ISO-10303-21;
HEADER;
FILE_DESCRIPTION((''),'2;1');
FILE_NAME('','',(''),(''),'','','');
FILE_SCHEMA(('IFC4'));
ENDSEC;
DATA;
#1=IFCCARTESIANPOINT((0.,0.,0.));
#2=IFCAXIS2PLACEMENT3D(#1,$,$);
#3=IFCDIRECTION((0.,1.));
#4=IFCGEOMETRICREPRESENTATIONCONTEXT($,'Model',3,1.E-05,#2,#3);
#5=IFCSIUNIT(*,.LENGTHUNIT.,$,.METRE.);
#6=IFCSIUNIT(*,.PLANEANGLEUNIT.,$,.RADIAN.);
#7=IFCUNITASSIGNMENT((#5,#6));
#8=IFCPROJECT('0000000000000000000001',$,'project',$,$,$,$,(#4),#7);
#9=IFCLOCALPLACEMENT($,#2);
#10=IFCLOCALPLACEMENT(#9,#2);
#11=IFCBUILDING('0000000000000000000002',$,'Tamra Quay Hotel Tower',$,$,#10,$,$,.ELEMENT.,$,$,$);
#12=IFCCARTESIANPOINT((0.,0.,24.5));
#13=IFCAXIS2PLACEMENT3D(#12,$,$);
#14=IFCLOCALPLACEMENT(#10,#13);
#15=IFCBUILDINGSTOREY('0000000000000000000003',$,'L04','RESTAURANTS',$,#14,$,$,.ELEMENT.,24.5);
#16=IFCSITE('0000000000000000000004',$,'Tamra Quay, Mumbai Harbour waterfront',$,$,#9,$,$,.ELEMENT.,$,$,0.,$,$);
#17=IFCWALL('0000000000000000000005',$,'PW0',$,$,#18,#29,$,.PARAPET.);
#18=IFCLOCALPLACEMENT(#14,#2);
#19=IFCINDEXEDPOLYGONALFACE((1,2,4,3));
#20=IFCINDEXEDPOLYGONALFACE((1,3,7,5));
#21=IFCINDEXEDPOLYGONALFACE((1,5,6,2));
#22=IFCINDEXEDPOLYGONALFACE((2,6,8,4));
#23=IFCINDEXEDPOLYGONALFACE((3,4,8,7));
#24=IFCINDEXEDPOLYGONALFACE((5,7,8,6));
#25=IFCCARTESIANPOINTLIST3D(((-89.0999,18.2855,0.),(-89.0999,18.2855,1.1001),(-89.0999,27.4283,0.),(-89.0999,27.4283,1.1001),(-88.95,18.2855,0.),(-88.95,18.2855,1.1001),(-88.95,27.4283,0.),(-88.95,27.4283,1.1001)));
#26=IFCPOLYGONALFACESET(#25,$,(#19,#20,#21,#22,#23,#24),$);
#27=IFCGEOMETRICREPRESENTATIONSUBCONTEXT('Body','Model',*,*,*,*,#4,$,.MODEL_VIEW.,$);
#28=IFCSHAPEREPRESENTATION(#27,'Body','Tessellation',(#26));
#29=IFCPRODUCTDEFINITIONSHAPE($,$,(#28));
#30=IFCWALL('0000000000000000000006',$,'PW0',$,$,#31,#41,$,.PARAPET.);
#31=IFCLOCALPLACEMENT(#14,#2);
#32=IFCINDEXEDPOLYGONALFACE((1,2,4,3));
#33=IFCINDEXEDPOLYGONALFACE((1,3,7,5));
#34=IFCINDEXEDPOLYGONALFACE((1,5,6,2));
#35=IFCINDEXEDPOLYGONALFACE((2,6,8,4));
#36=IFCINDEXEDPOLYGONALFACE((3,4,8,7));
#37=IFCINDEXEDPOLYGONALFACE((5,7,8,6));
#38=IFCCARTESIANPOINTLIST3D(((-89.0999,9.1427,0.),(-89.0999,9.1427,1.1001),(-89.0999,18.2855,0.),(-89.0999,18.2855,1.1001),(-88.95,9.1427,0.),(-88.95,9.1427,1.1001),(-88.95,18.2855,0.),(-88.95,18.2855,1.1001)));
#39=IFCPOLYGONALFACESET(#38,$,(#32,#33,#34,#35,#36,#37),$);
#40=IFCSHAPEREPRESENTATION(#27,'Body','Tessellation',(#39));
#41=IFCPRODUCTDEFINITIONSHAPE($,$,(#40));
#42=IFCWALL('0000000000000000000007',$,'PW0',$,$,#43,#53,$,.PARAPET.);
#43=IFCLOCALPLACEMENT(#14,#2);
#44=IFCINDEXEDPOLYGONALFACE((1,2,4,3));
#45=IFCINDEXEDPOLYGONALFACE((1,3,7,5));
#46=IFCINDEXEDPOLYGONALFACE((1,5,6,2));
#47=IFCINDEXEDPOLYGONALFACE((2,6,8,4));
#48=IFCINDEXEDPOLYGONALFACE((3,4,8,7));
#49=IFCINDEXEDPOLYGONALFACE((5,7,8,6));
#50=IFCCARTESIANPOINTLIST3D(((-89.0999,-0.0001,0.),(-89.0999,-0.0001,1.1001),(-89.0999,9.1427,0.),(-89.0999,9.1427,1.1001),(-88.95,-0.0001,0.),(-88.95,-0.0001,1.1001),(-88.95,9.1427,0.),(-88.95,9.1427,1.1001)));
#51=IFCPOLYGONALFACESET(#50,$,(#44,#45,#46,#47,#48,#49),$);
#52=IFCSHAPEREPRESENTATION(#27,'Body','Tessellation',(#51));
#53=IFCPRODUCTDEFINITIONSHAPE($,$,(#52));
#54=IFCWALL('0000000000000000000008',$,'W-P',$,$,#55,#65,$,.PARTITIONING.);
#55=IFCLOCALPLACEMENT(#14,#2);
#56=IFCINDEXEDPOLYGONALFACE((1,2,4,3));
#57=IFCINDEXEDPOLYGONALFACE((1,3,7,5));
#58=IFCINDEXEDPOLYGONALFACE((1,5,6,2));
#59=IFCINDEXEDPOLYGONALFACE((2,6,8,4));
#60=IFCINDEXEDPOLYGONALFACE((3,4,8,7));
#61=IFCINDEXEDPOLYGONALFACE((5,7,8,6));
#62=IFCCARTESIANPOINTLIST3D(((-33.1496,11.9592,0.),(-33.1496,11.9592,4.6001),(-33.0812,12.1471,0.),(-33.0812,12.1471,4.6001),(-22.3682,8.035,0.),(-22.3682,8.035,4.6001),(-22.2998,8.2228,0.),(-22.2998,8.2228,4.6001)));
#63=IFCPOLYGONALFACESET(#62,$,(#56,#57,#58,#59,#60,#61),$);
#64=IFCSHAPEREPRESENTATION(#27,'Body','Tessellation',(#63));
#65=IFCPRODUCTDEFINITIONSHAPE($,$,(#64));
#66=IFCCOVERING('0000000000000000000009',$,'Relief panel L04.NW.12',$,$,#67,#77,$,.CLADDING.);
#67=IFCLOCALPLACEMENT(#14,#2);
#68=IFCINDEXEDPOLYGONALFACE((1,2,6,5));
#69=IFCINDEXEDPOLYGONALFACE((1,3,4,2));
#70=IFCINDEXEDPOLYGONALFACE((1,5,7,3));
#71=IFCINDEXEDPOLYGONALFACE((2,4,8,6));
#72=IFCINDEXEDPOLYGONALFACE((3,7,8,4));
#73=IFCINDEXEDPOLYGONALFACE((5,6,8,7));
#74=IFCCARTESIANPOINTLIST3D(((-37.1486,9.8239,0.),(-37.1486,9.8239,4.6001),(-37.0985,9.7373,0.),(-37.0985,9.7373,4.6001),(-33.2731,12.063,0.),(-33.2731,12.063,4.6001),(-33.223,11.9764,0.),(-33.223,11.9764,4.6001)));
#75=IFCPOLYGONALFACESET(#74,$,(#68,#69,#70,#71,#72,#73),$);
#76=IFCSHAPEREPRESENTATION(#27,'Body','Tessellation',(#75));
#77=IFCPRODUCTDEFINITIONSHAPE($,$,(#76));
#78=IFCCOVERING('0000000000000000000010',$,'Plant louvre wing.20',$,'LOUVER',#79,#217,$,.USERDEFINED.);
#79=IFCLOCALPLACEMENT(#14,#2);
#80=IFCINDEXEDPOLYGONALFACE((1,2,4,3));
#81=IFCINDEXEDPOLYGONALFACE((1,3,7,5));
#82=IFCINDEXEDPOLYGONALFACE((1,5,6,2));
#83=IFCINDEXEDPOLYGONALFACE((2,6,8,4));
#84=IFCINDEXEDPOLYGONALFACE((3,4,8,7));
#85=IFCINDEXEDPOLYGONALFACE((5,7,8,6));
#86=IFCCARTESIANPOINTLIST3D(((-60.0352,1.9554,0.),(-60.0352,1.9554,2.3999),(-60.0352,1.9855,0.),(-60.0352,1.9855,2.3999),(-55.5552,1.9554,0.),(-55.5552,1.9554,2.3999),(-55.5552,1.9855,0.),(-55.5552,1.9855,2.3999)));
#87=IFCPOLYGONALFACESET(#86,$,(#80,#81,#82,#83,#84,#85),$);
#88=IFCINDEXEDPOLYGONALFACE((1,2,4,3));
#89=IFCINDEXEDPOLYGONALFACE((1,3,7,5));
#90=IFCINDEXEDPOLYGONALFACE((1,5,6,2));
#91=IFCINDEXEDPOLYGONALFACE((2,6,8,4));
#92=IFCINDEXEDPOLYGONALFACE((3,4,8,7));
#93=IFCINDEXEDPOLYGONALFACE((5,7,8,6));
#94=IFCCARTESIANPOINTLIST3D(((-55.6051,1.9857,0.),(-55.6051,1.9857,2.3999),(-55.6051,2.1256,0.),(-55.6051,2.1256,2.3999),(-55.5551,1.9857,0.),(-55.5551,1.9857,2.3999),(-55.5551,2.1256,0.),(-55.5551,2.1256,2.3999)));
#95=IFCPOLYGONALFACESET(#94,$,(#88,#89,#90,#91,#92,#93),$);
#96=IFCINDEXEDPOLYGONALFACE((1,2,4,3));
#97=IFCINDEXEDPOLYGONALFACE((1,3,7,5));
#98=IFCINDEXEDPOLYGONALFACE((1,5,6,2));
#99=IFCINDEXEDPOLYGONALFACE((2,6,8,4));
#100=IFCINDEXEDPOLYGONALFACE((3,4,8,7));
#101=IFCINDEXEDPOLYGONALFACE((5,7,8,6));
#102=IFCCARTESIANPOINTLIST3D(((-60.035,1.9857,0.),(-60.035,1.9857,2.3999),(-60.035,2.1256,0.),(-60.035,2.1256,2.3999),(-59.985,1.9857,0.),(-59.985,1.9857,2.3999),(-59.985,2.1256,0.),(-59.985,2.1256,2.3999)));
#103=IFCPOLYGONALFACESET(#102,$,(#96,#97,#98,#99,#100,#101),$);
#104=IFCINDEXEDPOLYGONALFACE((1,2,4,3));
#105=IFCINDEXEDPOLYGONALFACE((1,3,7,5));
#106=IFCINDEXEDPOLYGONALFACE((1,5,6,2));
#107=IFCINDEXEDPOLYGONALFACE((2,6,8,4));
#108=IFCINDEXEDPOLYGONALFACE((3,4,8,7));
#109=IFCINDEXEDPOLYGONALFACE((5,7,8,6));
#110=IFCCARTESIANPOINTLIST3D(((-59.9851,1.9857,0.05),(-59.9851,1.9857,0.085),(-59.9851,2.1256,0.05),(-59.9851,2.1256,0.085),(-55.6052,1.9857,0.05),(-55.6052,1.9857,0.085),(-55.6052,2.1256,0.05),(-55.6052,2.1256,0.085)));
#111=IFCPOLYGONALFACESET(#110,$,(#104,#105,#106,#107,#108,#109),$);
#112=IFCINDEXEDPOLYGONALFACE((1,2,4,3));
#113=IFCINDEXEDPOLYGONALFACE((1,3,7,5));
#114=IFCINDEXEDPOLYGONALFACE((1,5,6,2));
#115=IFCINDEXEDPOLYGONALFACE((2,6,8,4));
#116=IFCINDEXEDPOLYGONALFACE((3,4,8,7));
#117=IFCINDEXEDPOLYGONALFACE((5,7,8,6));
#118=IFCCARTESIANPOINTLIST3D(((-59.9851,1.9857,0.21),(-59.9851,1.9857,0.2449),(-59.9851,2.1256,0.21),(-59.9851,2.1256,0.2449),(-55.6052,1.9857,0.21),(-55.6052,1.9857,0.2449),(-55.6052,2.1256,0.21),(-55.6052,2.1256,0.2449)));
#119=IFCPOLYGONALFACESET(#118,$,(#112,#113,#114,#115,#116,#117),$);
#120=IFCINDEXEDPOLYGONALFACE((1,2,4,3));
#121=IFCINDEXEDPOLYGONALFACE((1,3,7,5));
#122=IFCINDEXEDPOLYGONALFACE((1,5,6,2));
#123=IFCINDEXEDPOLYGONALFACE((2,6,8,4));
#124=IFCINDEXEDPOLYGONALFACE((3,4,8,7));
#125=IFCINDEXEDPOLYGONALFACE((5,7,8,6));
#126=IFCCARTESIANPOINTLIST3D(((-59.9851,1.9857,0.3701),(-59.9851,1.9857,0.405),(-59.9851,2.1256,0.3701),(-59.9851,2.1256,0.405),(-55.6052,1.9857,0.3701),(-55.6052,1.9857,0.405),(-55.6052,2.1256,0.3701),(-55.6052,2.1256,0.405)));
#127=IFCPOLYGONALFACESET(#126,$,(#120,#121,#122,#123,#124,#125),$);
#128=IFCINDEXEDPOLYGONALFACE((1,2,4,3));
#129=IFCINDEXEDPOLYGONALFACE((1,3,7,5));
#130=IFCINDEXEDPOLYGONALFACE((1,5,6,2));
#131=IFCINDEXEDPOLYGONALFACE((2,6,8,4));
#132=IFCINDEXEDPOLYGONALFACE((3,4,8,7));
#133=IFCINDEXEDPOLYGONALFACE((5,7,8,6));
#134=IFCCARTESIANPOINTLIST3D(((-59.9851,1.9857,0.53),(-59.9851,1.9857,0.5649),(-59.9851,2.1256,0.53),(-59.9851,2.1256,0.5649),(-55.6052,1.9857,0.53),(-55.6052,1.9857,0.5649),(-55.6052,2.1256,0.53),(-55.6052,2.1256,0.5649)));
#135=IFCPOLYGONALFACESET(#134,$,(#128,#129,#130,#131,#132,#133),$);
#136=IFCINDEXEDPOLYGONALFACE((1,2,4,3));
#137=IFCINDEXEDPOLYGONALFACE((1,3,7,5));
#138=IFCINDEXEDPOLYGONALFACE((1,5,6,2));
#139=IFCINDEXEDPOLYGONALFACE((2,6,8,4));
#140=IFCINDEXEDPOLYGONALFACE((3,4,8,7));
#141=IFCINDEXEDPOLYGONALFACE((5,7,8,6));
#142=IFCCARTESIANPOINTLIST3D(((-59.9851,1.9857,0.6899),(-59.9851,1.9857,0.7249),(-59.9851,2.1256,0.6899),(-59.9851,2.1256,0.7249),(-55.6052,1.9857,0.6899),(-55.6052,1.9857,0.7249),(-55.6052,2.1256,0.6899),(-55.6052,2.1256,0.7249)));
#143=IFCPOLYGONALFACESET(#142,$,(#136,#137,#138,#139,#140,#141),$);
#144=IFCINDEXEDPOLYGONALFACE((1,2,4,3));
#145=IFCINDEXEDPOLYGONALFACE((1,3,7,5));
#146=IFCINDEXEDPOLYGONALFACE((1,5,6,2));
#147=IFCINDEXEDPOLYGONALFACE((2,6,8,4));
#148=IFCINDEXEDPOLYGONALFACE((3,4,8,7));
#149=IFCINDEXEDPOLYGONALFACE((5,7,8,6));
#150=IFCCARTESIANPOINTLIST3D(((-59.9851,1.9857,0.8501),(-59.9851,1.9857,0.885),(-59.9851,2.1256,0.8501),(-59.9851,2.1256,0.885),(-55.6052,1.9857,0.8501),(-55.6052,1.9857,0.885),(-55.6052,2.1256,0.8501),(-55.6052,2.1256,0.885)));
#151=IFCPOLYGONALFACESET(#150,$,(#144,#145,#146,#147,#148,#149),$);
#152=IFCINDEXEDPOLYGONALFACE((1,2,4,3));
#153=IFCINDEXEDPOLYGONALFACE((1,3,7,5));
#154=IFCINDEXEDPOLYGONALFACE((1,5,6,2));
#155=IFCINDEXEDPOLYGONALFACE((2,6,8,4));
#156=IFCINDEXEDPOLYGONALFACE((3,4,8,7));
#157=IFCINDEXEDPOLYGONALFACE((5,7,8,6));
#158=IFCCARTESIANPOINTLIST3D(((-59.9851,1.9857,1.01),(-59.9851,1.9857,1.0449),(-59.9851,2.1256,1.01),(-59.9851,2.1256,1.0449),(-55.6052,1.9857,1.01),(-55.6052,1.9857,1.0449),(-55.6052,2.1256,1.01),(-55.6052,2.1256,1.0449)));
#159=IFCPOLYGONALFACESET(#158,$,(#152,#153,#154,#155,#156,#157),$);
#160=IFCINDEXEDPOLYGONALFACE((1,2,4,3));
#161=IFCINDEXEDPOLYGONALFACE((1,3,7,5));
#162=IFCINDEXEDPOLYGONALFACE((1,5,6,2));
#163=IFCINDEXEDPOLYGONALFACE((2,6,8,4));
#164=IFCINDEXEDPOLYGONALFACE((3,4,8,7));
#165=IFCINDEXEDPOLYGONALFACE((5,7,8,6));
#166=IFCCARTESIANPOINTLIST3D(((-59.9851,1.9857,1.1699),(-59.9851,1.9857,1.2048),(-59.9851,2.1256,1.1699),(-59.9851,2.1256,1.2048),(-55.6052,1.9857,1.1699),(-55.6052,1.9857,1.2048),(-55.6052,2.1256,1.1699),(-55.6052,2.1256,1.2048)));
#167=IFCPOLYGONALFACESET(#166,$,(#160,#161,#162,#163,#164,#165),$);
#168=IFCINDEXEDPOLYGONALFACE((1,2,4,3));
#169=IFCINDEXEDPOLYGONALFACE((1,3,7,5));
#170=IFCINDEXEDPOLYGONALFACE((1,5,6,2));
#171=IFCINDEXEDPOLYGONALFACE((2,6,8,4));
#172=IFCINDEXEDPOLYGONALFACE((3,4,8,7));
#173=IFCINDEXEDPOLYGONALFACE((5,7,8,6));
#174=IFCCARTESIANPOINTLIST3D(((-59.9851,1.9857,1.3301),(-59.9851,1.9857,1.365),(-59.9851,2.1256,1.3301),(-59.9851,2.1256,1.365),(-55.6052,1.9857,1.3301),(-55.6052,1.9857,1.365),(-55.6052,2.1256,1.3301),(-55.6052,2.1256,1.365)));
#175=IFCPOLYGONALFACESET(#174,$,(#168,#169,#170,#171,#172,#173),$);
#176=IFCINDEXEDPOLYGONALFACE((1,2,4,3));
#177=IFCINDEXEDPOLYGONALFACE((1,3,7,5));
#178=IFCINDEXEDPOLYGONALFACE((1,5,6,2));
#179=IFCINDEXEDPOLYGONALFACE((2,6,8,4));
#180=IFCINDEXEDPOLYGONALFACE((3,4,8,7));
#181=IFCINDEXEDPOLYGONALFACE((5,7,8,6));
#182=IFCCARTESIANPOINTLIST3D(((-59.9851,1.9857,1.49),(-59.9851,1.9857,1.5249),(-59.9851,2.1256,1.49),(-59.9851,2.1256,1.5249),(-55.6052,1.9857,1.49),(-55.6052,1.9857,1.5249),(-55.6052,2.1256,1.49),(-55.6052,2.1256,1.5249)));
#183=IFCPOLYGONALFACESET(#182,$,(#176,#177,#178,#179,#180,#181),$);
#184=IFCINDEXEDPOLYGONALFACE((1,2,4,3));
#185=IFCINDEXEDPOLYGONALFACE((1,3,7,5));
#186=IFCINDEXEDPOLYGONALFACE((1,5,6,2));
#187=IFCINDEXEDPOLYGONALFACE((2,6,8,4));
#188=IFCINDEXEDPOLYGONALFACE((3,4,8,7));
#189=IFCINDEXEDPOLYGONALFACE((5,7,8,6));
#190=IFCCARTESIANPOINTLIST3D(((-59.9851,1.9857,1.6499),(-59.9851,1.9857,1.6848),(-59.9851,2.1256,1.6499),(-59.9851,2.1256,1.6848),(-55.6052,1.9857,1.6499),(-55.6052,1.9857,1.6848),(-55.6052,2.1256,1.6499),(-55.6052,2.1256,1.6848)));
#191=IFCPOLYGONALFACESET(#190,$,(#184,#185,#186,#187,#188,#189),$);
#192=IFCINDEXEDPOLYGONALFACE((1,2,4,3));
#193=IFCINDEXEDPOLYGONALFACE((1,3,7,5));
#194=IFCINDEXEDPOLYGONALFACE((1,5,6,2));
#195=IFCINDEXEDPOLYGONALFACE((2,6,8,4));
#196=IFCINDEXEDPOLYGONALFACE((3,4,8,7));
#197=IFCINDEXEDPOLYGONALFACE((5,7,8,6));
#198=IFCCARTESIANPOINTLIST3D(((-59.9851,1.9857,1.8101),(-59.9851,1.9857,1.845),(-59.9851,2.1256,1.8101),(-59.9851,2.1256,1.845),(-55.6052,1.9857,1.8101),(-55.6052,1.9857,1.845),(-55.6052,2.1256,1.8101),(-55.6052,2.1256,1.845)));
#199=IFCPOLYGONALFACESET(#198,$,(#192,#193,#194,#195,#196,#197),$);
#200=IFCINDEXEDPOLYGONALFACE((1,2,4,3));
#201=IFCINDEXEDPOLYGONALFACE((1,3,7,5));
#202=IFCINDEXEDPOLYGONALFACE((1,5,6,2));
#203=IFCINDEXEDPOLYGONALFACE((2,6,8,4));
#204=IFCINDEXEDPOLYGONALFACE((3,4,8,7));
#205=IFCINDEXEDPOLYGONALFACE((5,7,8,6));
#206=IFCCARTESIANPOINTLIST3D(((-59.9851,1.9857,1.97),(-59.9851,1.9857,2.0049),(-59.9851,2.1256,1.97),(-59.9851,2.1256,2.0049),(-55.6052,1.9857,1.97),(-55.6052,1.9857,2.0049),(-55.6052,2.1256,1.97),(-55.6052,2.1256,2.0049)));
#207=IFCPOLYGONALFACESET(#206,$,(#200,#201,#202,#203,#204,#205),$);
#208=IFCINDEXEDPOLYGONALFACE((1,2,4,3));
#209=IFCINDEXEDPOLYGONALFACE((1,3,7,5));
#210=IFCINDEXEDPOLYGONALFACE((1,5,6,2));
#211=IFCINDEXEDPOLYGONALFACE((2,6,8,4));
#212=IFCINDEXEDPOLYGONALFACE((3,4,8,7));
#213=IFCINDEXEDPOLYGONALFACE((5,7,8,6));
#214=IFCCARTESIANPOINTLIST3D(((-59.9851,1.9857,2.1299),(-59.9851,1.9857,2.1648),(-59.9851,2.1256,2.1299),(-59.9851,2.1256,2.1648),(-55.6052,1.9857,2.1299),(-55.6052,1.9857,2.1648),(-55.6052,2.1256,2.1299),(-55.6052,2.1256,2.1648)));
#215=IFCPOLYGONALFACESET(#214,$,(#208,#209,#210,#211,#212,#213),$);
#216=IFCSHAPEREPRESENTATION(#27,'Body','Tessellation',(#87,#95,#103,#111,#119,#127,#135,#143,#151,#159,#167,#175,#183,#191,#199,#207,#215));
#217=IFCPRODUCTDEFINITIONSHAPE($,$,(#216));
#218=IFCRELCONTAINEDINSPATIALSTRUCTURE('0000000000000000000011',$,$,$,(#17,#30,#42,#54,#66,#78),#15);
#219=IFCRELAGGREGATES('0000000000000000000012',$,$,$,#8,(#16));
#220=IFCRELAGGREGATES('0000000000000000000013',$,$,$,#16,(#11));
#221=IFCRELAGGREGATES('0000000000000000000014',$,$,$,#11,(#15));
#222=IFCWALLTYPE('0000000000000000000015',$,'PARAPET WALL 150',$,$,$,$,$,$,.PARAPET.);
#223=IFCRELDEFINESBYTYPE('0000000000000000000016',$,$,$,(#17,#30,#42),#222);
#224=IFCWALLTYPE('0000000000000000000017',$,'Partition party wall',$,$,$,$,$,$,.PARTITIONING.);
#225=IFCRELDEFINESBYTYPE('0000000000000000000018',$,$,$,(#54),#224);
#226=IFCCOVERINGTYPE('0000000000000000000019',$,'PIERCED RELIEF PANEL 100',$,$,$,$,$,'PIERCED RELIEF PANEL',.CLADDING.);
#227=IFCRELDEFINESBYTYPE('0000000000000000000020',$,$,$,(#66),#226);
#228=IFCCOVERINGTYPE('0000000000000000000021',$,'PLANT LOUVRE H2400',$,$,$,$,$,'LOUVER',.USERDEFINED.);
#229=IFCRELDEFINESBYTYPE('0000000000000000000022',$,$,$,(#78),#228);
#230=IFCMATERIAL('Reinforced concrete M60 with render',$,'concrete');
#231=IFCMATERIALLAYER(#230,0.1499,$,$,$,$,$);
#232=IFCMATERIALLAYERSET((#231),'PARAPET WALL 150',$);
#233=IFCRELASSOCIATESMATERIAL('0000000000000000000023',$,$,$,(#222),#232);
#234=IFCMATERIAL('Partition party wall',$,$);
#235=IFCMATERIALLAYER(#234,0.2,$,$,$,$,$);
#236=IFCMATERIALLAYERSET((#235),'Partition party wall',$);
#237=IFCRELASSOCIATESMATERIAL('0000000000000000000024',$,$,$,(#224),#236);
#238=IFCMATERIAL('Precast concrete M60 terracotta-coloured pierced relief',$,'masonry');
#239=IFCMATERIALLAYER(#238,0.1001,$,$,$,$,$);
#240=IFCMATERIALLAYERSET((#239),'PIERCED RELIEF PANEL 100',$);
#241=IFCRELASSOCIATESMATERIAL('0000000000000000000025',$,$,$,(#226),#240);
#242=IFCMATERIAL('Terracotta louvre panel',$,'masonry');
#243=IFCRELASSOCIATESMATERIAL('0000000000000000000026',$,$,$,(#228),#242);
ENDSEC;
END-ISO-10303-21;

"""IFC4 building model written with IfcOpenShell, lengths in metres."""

from ifc_helpers import new_model, si_unit, direction, frame, frame_2d, origin, origin_2d, place, context, subcontext, project, spatial, rectangle, extrude, source, transform, mapped, material, layer, layer_set, type_object, element, save


model = new_model("IFC4")

# Units and contexts
model_context = context("Model", 3, precision=1e-05, world=origin(), true_north=direction((0.0, 1.0)))
body_context = subcontext(model_context, "Body", "Model", "MODEL_VIEW")
ifc_project = project(units=[si_unit("LENGTHUNIT", "METRE"), si_unit("PLANEANGLEUNIT", "RADIAN")], contexts=[model_context])

# Site, building, storey
site_placement = place(None, origin())
site = spatial("IfcSite", under=ifc_project, at=site_placement, Name="Tamra Quay, Mumbai Harbour waterfront", CompositionType="ELEMENT", RefElevation=0.0)
building_placement = place(site_placement, origin())
building = spatial("IfcBuilding", under=site, at=building_placement, Name="Tamra Quay Hotel Tower", CompositionType="ELEMENT")
storey_placement = place(building_placement, frame((0.0, 0.0, 24.5)))
storey = spatial("IfcBuildingStorey", under=building, at=storey_placement, Name="L04", Description="RESTAURANTS", CompositionType="ELEMENT", Elevation=24.5)

# Walls
ifc_material_1 = material(Name="Reinforced concrete M60 with render", Category="concrete")
ifc_layer_1 = layer(ifc_material_1, 0.1499)
ifc_layer_set_1 = layer_set([ifc_layer_1], Name="PARAPET WALL 150")
wall_type_1 = type_object("IfcWallType", Name="PARAPET WALL 150", PredefinedType="PARAPET", material=ifc_layer_set_1)
for number, where, z_axis, x_axis, name in (
    (1, (-89.0249, 18.2856, 0.0), (0.0, 0.0, 1.0), (0.0, 1.0, 0.0), "PW0"),
    (2, (-89.0249, 9.1428, 0.0), (0.0, 0.0, 1.0), (0.0, 1.0, 0.0), "PW0"),
    (3, (-89.0249, 0.0, 0.0), (0.0, 0.0, 1.0), (0.0, 1.0, 0.0), "PW0"),
):
    element("IfcWall", number, at=place(storey_placement, frame(where, z_axis=z_axis, x_axis=x_axis)), inside=storey, type_object=wall_type_1, Name=name, PredefinedType="PARAPET", context=body_context, shape_type="SweptSolid", body=[
        extrude(rectangle(XDim=9.1428, YDim=0.1499, at=frame_2d((4.5713, 0.0))), origin(), (0.0, 0.0, 1.0), 1.1001),
    ])
ifc_material_2 = material(Name="Partition party wall")
ifc_layer_2 = layer(ifc_material_2, 0.2)
ifc_layer_set_2 = layer_set([ifc_layer_2], Name="Partition party wall")
wall_type_2 = type_object("IfcWallType", Name="Partition party wall", PredefinedType="PARTITIONING", material=ifc_layer_set_2)
wall_1_placement = place(storey_placement, frame((-33.1155, 12.0532, 0.0), z_axis=(0.0, 0.0, 1.0), x_axis=(0.939688, -0.342033, 0.0)))
element("IfcWall", 4, at=wall_1_placement, inside=storey, type_object=wall_type_2, Name="W-P", PredefinedType="PARTITIONING", context=body_context, shape_type="SweptSolid", body=[
    extrude(rectangle(XDim=11.4734, YDim=0.2, at=frame_2d((5.7368, 0.0))), origin(), (0.0, 0.0, 1.0), 4.6001),
])

# Coverings
ifc_material_3 = material(Name="Precast concrete M60 terracotta-coloured pierced relief", Category="masonry")
ifc_layer_3 = layer(ifc_material_3, 0.1001)
ifc_layer_set_3 = layer_set([ifc_layer_3], Name="PIERCED RELIEF PANEL 100")
covering_type_1 = type_object("IfcCoveringType", Name="PIERCED RELIEF PANEL 100", ElementType="PIERCED RELIEF PANEL", PredefinedType="CLADDING", material=ifc_layer_set_3)
covering_placement = place(storey_placement, frame((-35.1858, 10.9001, 0.0), z_axis=(0.0, 0.0, 1.0), x_axis=(-0.865872, -0.500265, 0.0)))
element("IfcCovering", 5, at=covering_placement, inside=storey, type_object=covering_type_1, Name="Relief panel L04.NW.12", PredefinedType="CLADDING", context=body_context, shape_type="SweptSolid", body=[
    extrude(rectangle(XDim=4.4758, YDim=0.1001, at=origin_2d()), origin(), (0.0, 0.0, 1.0), 4.6001),
])
ifc_material_4 = material(Name="Terracotta louvre panel", Category="masonry")
covering_type_2 = type_object("IfcCoveringType", Name="PLANT LOUVRE H2400", ElementType="LOUVER", PredefinedType="USERDEFINED", material=ifc_material_4)
shared_shape_1 = source(origin(), body_context, "Body", "SweptSolid", [
    extrude(rectangle(XDim=4.48, YDim=0.03, at=frame_2d((2.24, 0.0151))), frame((-2.24, -0.03, 0.0)), (0.0, 0.0, 1.0), 2.3999),
    extrude(rectangle(XDim=0.05, YDim=0.1399, at=frame_2d((0.0249, 0.0698))), frame((-2.24, -0.1699, 0.0)), (0.0, 0.0, 1.0), 2.3999),
    extrude(rectangle(XDim=0.05, YDim=0.1399, at=frame_2d((0.0249, 0.0698))), frame((2.1899, -0.1699, 0.0)), (0.0, 0.0, 1.0), 2.3999),
    extrude(rectangle(XDim=4.3799, YDim=0.1399, at=frame_2d((2.1899, 0.0698))), frame((-2.1899, -0.1699, 0.05)), (0.0, 0.0, 1.0), 0.0349),
    extrude(rectangle(XDim=4.3799, YDim=0.1399, at=frame_2d((2.1899, 0.0698))), frame((-2.1899, -0.1699, 0.21)), (0.0, 0.0, 1.0), 0.0349),
    extrude(rectangle(XDim=4.3799, YDim=0.1399, at=frame_2d((2.1899, 0.0698))), frame((-2.1899, -0.1699, 0.3701)), (0.0, 0.0, 1.0), 0.0349),
    extrude(rectangle(XDim=4.3799, YDim=0.1399, at=frame_2d((2.1899, 0.0698))), frame((-2.1899, -0.1699, 0.53)), (0.0, 0.0, 1.0), 0.0349),
    extrude(rectangle(XDim=4.3799, YDim=0.1399, at=frame_2d((2.1899, 0.0698))), frame((-2.1899, -0.1699, 0.6899)), (0.0, 0.0, 1.0), 0.0349),
    extrude(rectangle(XDim=4.3799, YDim=0.1399, at=frame_2d((2.1899, 0.0698))), frame((-2.1899, -0.1699, 0.8501)), (0.0, 0.0, 1.0), 0.0349),
    extrude(rectangle(XDim=4.3799, YDim=0.1399, at=frame_2d((2.1899, 0.0698))), frame((-2.1899, -0.1699, 1.01)), (0.0, 0.0, 1.0), 0.0349),
    extrude(rectangle(XDim=4.3799, YDim=0.1399, at=frame_2d((2.1899, 0.0698))), frame((-2.1899, -0.1699, 1.1699)), (0.0, 0.0, 1.0), 0.0349),
    extrude(rectangle(XDim=4.3799, YDim=0.1399, at=frame_2d((2.1899, 0.0698))), frame((-2.1899, -0.1699, 1.3301)), (0.0, 0.0, 1.0), 0.0349),
    extrude(rectangle(XDim=4.3799, YDim=0.1399, at=frame_2d((2.1899, 0.0698))), frame((-2.1899, -0.1699, 1.49)), (0.0, 0.0, 1.0), 0.0349),
    extrude(rectangle(XDim=4.3799, YDim=0.1399, at=frame_2d((2.1899, 0.0698))), frame((-2.1899, -0.1699, 1.6499)), (0.0, 0.0, 1.0), 0.0349),
    extrude(rectangle(XDim=4.3799, YDim=0.1399, at=frame_2d((2.1899, 0.0698))), frame((-2.1899, -0.1699, 1.8101)), (0.0, 0.0, 1.0), 0.0349),
    extrude(rectangle(XDim=4.3799, YDim=0.1399, at=frame_2d((2.1899, 0.0698))), frame((-2.1899, -0.1699, 1.97)), (0.0, 0.0, 1.0), 0.0349),
    extrude(rectangle(XDim=4.3799, YDim=0.1399, at=frame_2d((2.1899, 0.0698))), frame((-2.1899, -0.1699, 2.1299)), (0.0, 0.0, 1.0), 0.0349),
])
for number, where, z_axis, x_axis, name in (
    (6, (-57.7952, 1.9556, 0.0), (0.0, 0.0, 1.0), (-1.0, 0.0, 0.0), "Plant louvre wing.20"),
):
    element("IfcCovering", number, at=place(storey_placement, frame(where, z_axis=z_axis, x_axis=x_axis)), inside=storey, type_object=covering_type_2, Name=name, ObjectType="LOUVER", PredefinedType="USERDEFINED", context=body_context, shape_type="MappedRepresentation", body=[
        mapped(shared_shape_1, transform((0.0, 0.0, 0.0), scale=1.0)),
    ])

save(model, "model.ifc")
